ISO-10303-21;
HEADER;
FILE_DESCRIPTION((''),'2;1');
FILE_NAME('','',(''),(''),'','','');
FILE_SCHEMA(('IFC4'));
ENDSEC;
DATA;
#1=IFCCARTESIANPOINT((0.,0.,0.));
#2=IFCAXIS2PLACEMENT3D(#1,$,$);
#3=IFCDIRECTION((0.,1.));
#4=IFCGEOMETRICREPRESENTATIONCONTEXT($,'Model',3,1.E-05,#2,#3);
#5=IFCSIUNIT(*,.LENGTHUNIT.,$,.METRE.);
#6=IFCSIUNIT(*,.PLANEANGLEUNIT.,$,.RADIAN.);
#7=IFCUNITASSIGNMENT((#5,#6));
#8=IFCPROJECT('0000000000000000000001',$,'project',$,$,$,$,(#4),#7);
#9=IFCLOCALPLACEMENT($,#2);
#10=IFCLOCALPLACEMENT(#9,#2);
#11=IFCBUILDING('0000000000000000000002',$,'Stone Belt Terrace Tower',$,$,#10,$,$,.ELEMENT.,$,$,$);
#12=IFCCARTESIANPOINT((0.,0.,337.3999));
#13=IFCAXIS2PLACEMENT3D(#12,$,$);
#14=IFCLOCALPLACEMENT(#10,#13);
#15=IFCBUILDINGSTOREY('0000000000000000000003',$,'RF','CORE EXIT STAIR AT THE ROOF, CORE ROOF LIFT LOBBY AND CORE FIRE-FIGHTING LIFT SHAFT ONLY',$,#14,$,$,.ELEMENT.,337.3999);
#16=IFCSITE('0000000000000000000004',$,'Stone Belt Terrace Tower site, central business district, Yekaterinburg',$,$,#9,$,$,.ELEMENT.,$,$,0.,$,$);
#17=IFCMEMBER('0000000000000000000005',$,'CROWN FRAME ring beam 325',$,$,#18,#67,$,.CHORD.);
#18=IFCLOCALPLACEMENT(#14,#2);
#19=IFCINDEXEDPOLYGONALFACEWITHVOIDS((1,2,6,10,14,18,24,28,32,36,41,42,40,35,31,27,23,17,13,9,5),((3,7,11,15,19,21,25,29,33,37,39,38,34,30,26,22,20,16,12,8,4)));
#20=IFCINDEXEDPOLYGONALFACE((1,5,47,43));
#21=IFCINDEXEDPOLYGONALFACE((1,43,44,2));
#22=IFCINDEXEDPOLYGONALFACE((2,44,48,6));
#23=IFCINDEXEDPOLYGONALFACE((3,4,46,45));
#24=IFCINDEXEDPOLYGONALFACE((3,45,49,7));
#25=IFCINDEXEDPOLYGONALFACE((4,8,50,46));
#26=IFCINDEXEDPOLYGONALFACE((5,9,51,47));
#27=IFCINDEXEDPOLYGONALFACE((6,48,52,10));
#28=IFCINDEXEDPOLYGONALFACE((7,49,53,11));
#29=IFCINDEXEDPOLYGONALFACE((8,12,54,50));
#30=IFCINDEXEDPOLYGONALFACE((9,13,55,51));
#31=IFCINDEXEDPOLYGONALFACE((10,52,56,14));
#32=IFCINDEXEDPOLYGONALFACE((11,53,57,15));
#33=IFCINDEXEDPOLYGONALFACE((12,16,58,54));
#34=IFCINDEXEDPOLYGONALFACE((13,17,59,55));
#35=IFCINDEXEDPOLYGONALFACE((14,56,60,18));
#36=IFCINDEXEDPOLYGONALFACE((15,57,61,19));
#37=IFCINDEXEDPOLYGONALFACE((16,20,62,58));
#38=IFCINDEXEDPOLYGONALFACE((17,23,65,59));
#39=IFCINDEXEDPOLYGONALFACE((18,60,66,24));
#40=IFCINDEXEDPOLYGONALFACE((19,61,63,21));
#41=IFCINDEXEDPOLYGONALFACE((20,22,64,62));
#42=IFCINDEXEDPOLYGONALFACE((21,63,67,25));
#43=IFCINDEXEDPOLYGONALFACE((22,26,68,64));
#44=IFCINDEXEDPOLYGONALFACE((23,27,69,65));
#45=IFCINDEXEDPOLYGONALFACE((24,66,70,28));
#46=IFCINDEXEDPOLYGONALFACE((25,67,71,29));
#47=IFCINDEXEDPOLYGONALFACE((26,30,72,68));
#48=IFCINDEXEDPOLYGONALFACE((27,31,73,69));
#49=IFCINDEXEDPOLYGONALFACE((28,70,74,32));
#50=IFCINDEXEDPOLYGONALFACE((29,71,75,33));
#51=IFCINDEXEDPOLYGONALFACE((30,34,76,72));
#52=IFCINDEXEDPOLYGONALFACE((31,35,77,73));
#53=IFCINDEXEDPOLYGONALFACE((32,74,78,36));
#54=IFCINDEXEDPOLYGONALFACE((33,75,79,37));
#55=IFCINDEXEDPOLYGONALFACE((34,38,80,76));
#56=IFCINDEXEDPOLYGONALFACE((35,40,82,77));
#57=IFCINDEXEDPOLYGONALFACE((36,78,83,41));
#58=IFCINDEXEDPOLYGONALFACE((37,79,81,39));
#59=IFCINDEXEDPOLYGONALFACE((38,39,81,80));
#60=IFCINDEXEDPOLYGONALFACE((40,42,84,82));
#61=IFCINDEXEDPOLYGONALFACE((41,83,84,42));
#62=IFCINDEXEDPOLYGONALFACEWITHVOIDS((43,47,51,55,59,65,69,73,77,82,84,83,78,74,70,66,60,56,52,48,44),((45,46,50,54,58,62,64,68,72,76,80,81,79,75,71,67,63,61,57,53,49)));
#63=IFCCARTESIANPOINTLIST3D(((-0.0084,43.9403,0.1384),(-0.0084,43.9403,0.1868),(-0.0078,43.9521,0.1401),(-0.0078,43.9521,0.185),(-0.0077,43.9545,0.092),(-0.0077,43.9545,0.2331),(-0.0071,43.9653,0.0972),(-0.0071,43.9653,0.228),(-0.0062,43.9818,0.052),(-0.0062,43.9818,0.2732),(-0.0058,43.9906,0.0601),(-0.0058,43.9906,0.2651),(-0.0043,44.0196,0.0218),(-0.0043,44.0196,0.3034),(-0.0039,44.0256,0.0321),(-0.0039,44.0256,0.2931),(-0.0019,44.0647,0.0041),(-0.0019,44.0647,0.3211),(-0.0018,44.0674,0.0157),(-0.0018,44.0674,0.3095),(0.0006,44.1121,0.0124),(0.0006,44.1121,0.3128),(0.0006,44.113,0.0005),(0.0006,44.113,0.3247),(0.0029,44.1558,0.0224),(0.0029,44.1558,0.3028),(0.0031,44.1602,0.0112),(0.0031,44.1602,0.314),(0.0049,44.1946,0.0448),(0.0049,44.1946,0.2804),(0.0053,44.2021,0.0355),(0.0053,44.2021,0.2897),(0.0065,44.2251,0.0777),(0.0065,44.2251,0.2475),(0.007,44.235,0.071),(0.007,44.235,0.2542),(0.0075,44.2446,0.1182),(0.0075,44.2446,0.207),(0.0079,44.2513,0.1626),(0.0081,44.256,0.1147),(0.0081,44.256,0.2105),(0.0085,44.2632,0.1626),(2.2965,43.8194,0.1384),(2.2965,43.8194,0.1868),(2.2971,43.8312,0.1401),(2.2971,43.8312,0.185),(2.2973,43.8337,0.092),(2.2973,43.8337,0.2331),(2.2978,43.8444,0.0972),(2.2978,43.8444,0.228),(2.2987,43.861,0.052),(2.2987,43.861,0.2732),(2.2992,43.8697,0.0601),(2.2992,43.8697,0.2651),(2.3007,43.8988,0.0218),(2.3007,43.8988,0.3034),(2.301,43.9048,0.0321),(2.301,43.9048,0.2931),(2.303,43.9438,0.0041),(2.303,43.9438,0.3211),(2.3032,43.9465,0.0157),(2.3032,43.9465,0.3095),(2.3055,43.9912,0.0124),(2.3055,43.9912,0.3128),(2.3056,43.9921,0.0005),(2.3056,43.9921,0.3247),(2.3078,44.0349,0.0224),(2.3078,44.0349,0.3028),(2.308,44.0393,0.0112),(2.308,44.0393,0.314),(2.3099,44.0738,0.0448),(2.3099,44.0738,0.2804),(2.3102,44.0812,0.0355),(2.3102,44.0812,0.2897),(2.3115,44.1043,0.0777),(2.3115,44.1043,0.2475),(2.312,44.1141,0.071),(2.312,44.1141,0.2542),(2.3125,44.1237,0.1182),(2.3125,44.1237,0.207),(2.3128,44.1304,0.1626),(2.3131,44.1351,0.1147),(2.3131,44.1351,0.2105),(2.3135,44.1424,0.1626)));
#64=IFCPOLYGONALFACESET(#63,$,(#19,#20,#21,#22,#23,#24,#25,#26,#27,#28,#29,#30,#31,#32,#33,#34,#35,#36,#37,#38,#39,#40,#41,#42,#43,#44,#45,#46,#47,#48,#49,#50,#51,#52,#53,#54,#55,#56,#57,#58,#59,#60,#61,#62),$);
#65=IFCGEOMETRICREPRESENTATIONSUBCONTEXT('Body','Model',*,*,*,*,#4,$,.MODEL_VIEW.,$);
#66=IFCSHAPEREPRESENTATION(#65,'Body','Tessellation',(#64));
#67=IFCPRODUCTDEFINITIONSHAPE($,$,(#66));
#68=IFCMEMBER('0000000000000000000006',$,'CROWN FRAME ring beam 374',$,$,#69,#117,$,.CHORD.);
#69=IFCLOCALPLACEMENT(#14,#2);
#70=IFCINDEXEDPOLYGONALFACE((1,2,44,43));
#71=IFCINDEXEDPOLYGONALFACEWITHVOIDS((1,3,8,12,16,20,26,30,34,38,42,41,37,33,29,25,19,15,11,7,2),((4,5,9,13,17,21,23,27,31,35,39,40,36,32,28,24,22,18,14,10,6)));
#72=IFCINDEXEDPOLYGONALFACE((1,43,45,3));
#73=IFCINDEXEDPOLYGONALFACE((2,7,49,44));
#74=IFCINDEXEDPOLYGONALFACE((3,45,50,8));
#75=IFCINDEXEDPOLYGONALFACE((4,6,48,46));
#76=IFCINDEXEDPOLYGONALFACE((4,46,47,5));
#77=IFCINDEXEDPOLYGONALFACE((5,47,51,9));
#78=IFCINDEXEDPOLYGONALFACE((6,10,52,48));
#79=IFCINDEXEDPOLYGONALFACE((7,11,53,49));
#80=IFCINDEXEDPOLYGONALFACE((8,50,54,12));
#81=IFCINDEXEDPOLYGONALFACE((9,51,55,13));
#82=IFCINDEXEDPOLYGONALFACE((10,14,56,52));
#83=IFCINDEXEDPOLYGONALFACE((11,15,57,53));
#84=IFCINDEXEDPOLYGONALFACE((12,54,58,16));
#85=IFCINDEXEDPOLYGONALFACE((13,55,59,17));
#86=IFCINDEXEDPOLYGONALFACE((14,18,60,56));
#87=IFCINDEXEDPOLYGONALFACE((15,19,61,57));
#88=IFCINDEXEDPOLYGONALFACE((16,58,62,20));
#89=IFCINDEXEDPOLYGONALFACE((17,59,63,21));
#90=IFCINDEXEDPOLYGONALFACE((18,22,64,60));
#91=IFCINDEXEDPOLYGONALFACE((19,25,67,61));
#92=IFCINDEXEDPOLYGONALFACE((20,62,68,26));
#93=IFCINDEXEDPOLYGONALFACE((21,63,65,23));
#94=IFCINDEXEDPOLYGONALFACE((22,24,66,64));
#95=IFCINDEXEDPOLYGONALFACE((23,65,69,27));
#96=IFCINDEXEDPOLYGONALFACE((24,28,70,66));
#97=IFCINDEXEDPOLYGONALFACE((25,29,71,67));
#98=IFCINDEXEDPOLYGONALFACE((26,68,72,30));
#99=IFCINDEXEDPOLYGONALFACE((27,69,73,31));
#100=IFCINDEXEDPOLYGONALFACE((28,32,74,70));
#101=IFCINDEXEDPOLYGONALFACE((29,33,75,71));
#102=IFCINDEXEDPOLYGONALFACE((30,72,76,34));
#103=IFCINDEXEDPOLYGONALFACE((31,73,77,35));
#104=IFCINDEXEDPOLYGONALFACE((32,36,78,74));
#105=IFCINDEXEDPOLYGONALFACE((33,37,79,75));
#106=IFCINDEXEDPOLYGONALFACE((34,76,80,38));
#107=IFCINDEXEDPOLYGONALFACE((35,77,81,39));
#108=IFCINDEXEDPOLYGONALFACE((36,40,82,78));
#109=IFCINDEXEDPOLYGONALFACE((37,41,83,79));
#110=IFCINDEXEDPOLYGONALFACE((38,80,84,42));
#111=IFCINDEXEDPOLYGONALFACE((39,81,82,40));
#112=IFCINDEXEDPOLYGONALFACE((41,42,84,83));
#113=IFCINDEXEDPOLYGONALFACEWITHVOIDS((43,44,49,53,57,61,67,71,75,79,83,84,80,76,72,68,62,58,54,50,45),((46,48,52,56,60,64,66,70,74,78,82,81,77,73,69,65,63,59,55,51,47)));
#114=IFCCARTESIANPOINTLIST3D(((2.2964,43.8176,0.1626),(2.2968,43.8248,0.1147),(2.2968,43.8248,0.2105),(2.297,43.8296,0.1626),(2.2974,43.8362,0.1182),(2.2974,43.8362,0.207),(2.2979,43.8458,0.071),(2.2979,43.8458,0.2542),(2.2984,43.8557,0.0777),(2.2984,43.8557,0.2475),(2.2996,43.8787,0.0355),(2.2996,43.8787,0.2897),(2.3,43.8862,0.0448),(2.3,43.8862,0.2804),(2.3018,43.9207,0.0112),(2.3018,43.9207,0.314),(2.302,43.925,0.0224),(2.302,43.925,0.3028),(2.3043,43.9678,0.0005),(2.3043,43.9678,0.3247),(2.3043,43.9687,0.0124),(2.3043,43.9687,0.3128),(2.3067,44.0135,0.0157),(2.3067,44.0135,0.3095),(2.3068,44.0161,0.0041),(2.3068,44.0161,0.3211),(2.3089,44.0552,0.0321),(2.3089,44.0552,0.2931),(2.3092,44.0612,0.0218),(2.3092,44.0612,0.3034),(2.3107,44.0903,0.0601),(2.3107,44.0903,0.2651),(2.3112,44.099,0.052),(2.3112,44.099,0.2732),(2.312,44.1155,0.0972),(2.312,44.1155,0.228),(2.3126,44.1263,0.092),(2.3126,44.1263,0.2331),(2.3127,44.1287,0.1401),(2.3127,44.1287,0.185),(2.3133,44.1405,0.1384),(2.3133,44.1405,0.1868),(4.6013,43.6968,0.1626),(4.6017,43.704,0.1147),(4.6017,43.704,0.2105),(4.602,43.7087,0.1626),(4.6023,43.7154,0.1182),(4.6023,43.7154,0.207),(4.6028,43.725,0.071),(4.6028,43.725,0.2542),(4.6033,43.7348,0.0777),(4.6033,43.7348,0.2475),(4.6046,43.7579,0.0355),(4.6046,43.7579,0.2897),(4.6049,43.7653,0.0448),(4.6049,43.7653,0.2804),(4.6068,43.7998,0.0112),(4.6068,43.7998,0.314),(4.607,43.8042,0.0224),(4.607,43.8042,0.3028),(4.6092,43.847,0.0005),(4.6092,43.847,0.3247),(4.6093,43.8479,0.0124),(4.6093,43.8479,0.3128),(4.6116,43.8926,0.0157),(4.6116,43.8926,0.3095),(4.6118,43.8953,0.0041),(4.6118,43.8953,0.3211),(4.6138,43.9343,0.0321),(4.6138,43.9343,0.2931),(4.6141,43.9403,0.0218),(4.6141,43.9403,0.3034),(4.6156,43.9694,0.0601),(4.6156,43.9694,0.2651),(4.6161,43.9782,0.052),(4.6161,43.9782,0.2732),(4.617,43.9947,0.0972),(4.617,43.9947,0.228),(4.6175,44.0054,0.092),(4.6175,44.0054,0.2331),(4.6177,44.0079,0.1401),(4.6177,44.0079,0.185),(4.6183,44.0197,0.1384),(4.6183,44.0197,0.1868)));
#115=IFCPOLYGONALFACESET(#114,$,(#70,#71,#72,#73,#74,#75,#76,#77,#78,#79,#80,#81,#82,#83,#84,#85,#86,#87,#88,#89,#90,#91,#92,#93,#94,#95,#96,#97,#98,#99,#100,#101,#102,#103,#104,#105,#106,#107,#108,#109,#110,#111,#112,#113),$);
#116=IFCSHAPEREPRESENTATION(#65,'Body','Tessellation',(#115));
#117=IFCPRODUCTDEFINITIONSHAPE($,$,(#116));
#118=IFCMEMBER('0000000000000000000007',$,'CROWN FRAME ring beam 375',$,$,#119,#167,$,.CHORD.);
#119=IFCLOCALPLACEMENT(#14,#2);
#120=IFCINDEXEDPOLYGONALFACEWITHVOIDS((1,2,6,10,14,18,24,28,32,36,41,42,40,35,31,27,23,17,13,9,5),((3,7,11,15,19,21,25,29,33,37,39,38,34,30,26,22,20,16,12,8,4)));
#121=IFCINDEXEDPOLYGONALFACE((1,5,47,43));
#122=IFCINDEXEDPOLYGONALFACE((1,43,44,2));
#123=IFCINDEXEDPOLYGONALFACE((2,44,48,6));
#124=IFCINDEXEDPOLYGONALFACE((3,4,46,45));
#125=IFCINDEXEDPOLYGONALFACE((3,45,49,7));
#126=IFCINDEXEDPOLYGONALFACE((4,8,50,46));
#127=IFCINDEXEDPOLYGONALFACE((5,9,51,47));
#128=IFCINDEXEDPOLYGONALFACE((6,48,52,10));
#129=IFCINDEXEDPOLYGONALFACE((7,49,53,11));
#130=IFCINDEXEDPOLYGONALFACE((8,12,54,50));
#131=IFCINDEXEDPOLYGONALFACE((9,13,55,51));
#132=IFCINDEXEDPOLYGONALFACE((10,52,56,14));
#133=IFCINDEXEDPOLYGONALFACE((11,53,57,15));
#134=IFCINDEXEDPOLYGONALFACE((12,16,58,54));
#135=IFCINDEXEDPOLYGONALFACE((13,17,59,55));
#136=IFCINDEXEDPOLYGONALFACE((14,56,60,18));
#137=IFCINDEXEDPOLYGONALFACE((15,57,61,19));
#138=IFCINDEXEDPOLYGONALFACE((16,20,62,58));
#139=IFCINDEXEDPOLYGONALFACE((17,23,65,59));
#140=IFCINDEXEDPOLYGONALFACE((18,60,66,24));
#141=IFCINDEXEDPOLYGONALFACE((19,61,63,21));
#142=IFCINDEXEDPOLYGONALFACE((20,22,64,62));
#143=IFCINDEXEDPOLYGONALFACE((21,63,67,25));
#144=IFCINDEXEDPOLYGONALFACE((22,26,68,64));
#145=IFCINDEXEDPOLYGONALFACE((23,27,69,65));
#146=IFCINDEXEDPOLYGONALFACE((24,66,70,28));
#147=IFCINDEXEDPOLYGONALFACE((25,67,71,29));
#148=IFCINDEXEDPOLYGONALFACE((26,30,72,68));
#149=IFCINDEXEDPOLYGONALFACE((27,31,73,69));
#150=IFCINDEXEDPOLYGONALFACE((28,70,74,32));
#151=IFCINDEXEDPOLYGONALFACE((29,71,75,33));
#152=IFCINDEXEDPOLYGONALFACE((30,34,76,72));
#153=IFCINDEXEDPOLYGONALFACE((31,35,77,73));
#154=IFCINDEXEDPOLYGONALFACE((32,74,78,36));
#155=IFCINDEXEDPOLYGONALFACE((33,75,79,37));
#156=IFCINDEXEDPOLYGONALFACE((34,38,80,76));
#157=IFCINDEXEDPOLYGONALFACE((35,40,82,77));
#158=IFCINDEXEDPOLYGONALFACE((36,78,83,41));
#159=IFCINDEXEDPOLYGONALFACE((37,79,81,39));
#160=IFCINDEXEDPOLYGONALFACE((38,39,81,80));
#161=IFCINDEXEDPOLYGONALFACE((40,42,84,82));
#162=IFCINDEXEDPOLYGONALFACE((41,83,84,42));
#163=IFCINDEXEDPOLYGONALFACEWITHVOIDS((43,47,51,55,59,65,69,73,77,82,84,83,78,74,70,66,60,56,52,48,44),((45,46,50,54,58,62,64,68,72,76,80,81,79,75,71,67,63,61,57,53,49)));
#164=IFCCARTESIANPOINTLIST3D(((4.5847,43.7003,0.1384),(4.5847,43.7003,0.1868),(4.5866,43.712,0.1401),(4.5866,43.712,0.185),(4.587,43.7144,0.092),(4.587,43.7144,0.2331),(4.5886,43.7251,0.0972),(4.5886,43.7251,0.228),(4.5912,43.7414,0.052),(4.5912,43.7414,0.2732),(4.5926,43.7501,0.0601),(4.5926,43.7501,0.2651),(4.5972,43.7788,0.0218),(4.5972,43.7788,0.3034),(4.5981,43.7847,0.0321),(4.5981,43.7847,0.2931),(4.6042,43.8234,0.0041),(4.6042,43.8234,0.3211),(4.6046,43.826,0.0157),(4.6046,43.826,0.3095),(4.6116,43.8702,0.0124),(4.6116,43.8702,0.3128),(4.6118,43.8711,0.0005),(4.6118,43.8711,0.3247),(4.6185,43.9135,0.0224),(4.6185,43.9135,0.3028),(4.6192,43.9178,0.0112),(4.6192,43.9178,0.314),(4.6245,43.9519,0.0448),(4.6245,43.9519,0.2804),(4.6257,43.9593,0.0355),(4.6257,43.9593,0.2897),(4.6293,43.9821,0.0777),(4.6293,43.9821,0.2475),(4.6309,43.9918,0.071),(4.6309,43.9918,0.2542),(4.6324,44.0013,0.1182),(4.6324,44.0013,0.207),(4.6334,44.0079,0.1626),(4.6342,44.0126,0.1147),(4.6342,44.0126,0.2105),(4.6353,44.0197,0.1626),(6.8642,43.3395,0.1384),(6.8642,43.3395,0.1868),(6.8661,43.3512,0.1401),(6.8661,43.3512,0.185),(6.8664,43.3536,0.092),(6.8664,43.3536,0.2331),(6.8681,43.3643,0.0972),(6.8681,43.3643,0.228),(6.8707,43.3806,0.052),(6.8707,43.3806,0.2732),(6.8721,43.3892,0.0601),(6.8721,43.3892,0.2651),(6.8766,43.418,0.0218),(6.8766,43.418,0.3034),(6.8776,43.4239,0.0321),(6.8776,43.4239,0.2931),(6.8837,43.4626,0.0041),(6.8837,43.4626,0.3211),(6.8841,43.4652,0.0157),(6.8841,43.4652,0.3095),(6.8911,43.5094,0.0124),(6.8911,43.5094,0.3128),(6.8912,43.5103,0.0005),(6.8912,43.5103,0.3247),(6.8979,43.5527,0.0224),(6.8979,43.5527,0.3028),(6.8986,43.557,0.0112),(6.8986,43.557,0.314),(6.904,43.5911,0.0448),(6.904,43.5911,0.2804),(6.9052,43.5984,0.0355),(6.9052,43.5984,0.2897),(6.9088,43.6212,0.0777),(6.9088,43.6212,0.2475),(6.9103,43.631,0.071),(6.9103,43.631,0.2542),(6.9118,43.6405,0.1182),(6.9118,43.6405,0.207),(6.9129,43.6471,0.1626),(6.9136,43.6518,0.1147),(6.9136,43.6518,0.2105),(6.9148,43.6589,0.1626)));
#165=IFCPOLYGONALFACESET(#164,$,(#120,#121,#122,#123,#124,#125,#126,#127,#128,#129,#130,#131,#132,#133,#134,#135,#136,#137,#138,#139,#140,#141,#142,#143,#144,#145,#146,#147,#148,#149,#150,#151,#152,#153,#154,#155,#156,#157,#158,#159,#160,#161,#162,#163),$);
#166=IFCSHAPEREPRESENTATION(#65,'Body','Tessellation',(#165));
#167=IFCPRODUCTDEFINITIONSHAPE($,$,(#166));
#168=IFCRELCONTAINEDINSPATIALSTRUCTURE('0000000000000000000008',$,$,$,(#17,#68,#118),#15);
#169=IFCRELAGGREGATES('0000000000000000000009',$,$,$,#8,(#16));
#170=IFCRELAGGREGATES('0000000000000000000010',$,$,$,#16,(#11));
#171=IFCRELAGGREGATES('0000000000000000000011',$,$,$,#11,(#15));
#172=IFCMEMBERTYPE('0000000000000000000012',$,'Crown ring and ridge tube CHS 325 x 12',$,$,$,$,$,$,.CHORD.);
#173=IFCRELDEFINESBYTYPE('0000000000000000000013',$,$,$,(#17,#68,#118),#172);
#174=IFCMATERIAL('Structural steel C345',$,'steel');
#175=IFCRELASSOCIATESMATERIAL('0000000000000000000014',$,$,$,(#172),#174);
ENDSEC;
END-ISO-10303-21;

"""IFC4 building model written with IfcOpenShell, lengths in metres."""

from ifc_helpers import new_model, si_unit, direction, frame, origin, origin_2d, place, context, subcontext, project, spatial, hollow_circle, extrude, material, material_profile, profile_set, type_object, element, save


model = new_model("IFC4")

# Units and contexts
model_context = context("Model", 3, precision=1e-05, world=origin(), true_north=direction((0.0, 1.0)))
body_context = subcontext(model_context, "Body", "Model", "MODEL_VIEW")
ifc_project = project(units=[si_unit("LENGTHUNIT", "METRE"), si_unit("PLANEANGLEUNIT", "RADIAN")], contexts=[model_context])

# Site, building, storey
site_placement = place(None, origin())
site = spatial("IfcSite", under=ifc_project, at=site_placement, Name="Stone Belt Terrace Tower site, central business district, Yekaterinburg", CompositionType="ELEMENT", RefElevation=0.0)
building_placement = place(site_placement, origin())
building = spatial("IfcBuilding", under=site, at=building_placement, Name="Stone Belt Terrace Tower", CompositionType="ELEMENT")
storey_placement = place(building_placement, frame((0.0, 0.0, 337.3999)))
storey = spatial("IfcBuildingStorey", under=building, at=storey_placement, Name="RF", Description="CORE EXIT STAIR AT THE ROOF, CORE ROOF LIFT LOBBY AND CORE FIRE-FIGHTING LIFT SHAFT ONLY", CompositionType="ELEMENT", Elevation=337.3999)

# Members
ifc_material_1 = material(Name="Structural steel C345", Category="steel")
ifc_material_profile_1 = material_profile(ifc_material_1, hollow_circle(Radius=0.1626, WallThickness=0.012, at=origin_2d()), Name="Structural steel C345 CHS 325x12")
ifc_profile_set_1 = profile_set([ifc_material_profile_1], Name="Structural steel C345")
member_type_1 = type_object("IfcMemberType", Name="Crown ring and ridge tube CHS 325 x 12", PredefinedType="CHORD", material=ifc_profile_set_1)
for number, where, z_axis, x_axis, name in (
    (1, (0.0, 44.1008, 0.1626), (0.998628, -0.052359, 0.0), (0.052359, 0.998628, 0.0), "CROWN FRAME ring beam 325"),
    (2, (4.6099, 43.8591, 0.1626), (-0.998628, 0.052359, 0.0), (-0.052359, -0.998628, 0.0), "CROWN FRAME ring beam 374"),
):
    element("IfcMember", number, at=place(storey_placement, frame(where, z_axis=z_axis, x_axis=x_axis)), inside=storey, type_object=member_type_1, Name=name, PredefinedType="CHORD", context=body_context, shape_type="SweptSolid", body=[
        extrude(hollow_circle(Radius=0.1626, WallThickness=0.012, at=origin_2d()), origin(), (0.0, 0.0, 1.0), 2.3081),
    ])
member_1_placement = place(storey_placement, frame((4.6099, 43.8591, 0.1626), z_axis=(0.987702, -0.156348, 0.0), x_axis=(0.156348, 0.987702, 0.0)))
element("IfcMember", 3, at=member_1_placement, inside=storey, type_object=member_type_1, Name="CROWN FRAME ring beam 375", PredefinedType="CHORD", context=body_context, shape_type="SweptSolid", body=[
    extrude(hollow_circle(Radius=0.1626, WallThickness=0.012, at=origin_2d()), origin(), (0.0, 0.0, 1.0), 2.3079),
])

save(model, "model.ifc")
